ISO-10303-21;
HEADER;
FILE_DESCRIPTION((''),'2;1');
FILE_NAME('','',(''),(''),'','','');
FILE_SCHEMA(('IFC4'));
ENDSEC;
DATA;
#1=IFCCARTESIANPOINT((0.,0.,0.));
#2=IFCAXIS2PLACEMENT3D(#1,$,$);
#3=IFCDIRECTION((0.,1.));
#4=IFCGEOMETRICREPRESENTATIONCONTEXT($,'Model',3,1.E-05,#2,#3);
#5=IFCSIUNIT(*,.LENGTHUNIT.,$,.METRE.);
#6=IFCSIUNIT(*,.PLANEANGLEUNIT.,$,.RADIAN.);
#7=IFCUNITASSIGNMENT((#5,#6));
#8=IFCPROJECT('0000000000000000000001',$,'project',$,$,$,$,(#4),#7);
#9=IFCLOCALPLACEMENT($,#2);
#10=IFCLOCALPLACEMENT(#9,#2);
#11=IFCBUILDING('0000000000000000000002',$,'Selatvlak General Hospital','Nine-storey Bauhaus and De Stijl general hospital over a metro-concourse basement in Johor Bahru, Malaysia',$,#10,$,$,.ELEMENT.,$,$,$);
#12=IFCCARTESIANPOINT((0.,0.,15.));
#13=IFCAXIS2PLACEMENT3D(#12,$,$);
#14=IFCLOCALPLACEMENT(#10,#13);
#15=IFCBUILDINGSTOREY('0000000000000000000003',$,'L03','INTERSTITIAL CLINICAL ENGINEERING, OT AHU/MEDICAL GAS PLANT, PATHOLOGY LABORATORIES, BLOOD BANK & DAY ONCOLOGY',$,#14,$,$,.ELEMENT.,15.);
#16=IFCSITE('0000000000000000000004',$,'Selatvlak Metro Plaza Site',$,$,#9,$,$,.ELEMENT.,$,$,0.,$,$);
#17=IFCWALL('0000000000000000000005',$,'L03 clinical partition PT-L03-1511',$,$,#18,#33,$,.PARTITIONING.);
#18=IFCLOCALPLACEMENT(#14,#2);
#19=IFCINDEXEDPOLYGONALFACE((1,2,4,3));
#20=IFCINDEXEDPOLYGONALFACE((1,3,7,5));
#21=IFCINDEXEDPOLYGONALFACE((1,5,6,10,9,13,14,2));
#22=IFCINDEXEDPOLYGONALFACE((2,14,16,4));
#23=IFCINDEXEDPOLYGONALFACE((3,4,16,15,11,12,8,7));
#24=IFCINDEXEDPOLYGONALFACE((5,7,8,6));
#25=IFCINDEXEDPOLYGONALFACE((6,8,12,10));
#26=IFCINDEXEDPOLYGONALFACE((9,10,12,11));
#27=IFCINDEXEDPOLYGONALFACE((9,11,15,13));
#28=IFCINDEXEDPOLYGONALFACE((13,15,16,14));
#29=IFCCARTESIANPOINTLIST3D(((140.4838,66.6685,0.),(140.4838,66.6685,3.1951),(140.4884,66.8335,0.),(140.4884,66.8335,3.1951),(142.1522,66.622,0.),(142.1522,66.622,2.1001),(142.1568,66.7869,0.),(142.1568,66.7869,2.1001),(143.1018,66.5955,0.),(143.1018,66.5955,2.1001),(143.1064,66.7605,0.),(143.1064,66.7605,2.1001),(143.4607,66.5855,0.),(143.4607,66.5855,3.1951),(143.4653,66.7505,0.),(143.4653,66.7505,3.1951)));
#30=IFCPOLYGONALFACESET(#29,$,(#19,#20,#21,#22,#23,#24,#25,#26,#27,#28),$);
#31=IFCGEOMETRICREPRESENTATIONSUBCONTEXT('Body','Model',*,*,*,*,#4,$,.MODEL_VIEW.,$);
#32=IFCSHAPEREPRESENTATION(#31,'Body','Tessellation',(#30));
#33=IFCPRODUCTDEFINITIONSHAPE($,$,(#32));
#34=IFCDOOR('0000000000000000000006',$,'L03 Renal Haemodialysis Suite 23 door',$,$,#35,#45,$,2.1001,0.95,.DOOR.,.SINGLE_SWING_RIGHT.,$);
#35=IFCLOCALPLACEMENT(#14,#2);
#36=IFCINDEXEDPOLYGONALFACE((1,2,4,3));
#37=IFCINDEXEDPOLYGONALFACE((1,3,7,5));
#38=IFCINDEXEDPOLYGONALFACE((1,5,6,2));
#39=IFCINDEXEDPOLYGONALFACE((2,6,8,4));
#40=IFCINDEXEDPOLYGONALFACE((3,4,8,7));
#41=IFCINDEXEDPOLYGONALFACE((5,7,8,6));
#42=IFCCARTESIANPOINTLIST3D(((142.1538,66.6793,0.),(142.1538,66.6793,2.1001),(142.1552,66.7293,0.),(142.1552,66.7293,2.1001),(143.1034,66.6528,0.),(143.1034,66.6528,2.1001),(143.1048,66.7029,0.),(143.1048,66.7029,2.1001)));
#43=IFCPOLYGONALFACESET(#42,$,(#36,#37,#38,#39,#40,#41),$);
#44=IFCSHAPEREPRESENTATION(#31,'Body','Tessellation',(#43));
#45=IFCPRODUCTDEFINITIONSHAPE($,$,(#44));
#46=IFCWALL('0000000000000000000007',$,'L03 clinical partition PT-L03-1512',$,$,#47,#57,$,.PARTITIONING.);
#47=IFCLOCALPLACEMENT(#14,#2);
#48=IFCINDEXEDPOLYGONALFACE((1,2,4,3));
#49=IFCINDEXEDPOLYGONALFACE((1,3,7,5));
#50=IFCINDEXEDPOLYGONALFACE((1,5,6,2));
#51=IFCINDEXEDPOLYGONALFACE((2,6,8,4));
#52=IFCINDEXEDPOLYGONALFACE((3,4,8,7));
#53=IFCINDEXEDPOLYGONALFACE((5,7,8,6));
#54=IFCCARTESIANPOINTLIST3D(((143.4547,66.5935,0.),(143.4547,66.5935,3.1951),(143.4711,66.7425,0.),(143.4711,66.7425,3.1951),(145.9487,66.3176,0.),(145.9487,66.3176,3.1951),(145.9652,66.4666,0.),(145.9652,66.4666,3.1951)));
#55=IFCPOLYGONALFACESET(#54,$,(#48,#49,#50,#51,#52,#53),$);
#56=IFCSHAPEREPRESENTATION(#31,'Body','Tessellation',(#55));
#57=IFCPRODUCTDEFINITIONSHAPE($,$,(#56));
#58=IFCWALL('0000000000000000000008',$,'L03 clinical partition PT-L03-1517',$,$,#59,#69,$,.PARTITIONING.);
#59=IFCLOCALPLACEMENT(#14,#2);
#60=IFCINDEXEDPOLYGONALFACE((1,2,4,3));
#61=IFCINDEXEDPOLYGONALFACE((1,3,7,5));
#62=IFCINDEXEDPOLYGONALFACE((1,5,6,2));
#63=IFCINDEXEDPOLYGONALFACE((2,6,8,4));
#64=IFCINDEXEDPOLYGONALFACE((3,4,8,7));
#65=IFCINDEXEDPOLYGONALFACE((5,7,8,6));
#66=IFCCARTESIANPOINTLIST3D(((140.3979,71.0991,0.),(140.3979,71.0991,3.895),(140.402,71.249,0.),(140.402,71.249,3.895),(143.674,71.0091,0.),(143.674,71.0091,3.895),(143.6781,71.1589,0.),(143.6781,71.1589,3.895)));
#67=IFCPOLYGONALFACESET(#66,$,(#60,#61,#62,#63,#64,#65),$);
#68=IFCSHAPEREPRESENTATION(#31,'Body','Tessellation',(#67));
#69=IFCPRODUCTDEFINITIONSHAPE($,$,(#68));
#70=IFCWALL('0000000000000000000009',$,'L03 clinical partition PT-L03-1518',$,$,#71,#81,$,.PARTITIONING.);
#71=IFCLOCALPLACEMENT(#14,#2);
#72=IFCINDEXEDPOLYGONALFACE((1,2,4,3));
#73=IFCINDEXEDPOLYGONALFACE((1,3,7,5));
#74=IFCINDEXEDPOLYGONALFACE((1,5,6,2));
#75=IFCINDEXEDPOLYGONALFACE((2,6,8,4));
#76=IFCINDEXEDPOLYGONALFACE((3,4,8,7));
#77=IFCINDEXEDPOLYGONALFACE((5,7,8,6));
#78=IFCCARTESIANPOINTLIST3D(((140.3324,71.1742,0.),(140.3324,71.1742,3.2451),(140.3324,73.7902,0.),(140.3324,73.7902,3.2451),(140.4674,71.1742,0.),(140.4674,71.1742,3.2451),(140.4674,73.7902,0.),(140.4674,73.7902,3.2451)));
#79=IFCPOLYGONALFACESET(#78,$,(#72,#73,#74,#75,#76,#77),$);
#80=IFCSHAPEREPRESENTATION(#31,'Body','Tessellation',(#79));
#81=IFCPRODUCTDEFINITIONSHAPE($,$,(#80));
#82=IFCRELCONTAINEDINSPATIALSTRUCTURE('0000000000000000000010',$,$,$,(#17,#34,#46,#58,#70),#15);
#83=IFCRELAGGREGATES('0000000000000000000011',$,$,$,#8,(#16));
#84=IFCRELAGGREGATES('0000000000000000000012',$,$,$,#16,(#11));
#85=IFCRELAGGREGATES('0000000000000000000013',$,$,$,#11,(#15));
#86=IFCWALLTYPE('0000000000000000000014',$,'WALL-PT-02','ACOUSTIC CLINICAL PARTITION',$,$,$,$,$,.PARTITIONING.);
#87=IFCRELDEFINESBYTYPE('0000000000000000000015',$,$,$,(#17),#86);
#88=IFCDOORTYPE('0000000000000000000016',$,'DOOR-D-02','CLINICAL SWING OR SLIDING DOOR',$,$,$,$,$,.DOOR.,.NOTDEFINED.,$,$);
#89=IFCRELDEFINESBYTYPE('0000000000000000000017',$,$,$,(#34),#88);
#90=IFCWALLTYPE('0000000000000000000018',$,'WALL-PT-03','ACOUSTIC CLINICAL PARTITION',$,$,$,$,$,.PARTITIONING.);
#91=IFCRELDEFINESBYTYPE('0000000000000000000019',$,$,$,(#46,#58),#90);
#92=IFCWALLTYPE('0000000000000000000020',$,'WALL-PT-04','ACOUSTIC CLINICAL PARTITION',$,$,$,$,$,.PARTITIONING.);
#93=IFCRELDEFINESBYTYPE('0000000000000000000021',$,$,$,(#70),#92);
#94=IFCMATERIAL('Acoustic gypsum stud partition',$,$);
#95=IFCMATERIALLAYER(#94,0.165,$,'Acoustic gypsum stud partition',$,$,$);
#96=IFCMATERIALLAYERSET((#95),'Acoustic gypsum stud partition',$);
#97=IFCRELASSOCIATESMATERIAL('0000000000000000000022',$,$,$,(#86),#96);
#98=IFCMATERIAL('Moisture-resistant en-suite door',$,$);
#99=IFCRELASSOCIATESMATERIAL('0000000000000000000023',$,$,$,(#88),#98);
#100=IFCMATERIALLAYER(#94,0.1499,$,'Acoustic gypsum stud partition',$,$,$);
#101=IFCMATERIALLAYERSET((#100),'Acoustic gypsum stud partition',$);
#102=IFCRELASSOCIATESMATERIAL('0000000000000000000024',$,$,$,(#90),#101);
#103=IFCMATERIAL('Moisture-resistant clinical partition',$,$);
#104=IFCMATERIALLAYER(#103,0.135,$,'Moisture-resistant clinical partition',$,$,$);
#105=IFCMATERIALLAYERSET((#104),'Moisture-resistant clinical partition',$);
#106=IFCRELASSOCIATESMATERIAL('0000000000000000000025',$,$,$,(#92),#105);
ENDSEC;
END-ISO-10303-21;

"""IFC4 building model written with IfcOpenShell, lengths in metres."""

from ifc_helpers import new_model, si_unit, direction, frame, frame_2d, origin, place, context, subcontext, project, spatial, rectangle, extrude, material, layer, layer_set, type_object, element, fill, save


model = new_model("IFC4")

# Units and contexts
model_context = context("Model", 3, precision=1e-05, world=origin(), true_north=direction((0.0, 1.0)))
body_context = subcontext(model_context, "Body", "Model", "MODEL_VIEW")
ifc_project = project(units=[si_unit("LENGTHUNIT", "METRE"), si_unit("PLANEANGLEUNIT", "RADIAN")], contexts=[model_context])

# Site, building, storey
site_placement = place(None, origin())
site = spatial("IfcSite", under=ifc_project, at=site_placement, Name="Selatvlak Metro Plaza Site", CompositionType="ELEMENT", RefElevation=0.0)
building_placement = place(site_placement, origin())
building = spatial("IfcBuilding", under=site, at=building_placement, Name="Selatvlak General Hospital", Description="Nine-storey Bauhaus and De Stijl general hospital over a metro-concourse basement in Johor Bahru, Malaysia", CompositionType="ELEMENT")
storey_placement = place(building_placement, frame((0.0, 0.0, 15.0)))
storey = spatial("IfcBuildingStorey", under=building, at=storey_placement, Name="L03", Description="INTERSTITIAL CLINICAL ENGINEERING, OT AHU/MEDICAL GAS PLANT, PATHOLOGY LABORATORIES, BLOOD BANK & DAY ONCOLOGY", CompositionType="ELEMENT", Elevation=15.0)

# Shared definitions
ifc_material_1 = material(Name="Acoustic gypsum stud partition")

# Wall, opening, door
ifc_layer_1 = layer(ifc_material_1, 0.165, Name="Acoustic gypsum stud partition")
ifc_layer_set_1 = layer_set([ifc_layer_1], Name="Acoustic gypsum stud partition")
wall_type_1 = type_object("IfcWallType", Name="WALL-PT-02", Description="ACOUSTIC CLINICAL PARTITION", PredefinedType="PARTITIONING", material=ifc_layer_set_1)
wall_1_placement = place(storey_placement, frame((140.4861, 66.751, 0.0), z_axis=(0.0, 0.0, 1.0), x_axis=(0.999611, -0.027874, 0.0)))
wall_1 = element("IfcWall", 1, at=wall_1_placement, inside=storey, type_object=wall_type_1, Name="L03 clinical partition PT-L03-1511", PredefinedType="PARTITIONING", context=body_context, shape_type="SweptSolid", body=[
    extrude(rectangle(XDim=2.978, YDim=0.165, at=frame_2d((1.489, 0.0))), origin(), (0.0, 0.0, 1.0), 3.1951),
])
opening_placement = place(wall_1_placement, frame((1.6689, 0.0, 0.0)))
opening = element("IfcOpeningElement", 2, at=opening_placement, cuts=wall_1, PredefinedType="OPENING", context=body_context, shape_type="SweptSolid", body=[
    extrude(rectangle(XDim=0.95, YDim=2.1001, at=frame_2d((0.4751, 1.05))), frame((0.0, 0.0925, 0.0), z_axis=(0.0, -1.0, 0.0), x_axis=(1.0, 0.0, 0.0)), (0.0, 0.0, 1.0), 0.1851),
])
ifc_material_2 = material(Name="Moisture-resistant en-suite door")
door_type = type_object("IfcDoorType", Name="DOOR-D-02", Description="CLINICAL SWING OR SLIDING DOOR", OperationType="NOTDEFINED", PredefinedType="DOOR", material=ifc_material_2)
door_placement = place(opening_placement, origin())
door = element("IfcDoor", 3, at=door_placement, inside=storey, type_object=door_type, Name="L03 Renal Haemodialysis Suite 23 door", OperationType="SINGLE_SWING_RIGHT", OverallHeight=2.1001, OverallWidth=0.95, PredefinedType="DOOR", context=body_context, shape_type="SweptSolid", body=[
    extrude(rectangle(XDim=0.95, YDim=2.1001, at=frame_2d((0.4751, 1.05))), frame((0.0, 0.0249, 0.0), z_axis=(0.0, -1.0, 0.0), x_axis=(1.0, 0.0, 0.0)), (0.0, 0.0, 1.0), 0.05),
])
fill(opening, door)

# Walls
ifc_layer_2 = layer(ifc_material_1, 0.1499, Name="Acoustic gypsum stud partition")
ifc_layer_set_2 = layer_set([ifc_layer_2], Name="Acoustic gypsum stud partition")
wall_type_2 = type_object("IfcWallType", Name="WALL-PT-03", Description="ACOUSTIC CLINICAL PARTITION", PredefinedType="PARTITIONING", material=ifc_layer_set_2)
wall_2_placement = place(storey_placement, frame((143.4629, 66.668, 0.0), z_axis=(0.0, 0.0, 1.0), x_axis=(0.993938, -0.10994, 0.0)))
element("IfcWall", 4, at=wall_2_placement, inside=storey, type_object=wall_type_2, Name="L03 clinical partition PT-L03-1512", PredefinedType="PARTITIONING", context=body_context, shape_type="SweptSolid", body=[
    extrude(rectangle(XDim=2.5093, YDim=0.1499, at=frame_2d((1.2546, 0.0))), origin(), (0.0, 0.0, 1.0), 3.1951),
])
wall_3_placement = place(storey_placement, frame((143.676, 71.084, 0.0), z_axis=(0.0, 0.0, 1.0), x_axis=(-0.999622, 0.027488, 0.0)))
element("IfcWall", 5, at=wall_3_placement, inside=storey, type_object=wall_type_2, Name="L03 clinical partition PT-L03-1517", PredefinedType="PARTITIONING", context=body_context, shape_type="SweptSolid", body=[
    extrude(rectangle(XDim=3.2773, YDim=0.1499, at=frame_2d((1.6387, 0.0))), origin(), (0.0, 0.0, 1.0), 3.895),
])
ifc_material_3 = material(Name="Moisture-resistant clinical partition")
ifc_layer_3 = layer(ifc_material_3, 0.135, Name="Moisture-resistant clinical partition")
ifc_layer_set_3 = layer_set([ifc_layer_3], Name="Moisture-resistant clinical partition")
wall_type_3 = type_object("IfcWallType", Name="WALL-PT-04", Description="ACOUSTIC CLINICAL PARTITION", PredefinedType="PARTITIONING", material=ifc_layer_set_3)
wall_4_placement = place(storey_placement, frame((140.3999, 71.1741, 0.0), z_axis=(0.0, 0.0, 1.0), x_axis=(0.0, 1.0, 0.0)))
element("IfcWall", 6, at=wall_4_placement, inside=storey, type_object=wall_type_3, Name="L03 clinical partition PT-L03-1518", PredefinedType="PARTITIONING", context=body_context, shape_type="SweptSolid", body=[
    extrude(rectangle(XDim=2.616, YDim=0.135, at=frame_2d((1.3081, 0.0))), origin(), (0.0, 0.0, 1.0), 3.2451),
])

save(model, "model.ifc")
